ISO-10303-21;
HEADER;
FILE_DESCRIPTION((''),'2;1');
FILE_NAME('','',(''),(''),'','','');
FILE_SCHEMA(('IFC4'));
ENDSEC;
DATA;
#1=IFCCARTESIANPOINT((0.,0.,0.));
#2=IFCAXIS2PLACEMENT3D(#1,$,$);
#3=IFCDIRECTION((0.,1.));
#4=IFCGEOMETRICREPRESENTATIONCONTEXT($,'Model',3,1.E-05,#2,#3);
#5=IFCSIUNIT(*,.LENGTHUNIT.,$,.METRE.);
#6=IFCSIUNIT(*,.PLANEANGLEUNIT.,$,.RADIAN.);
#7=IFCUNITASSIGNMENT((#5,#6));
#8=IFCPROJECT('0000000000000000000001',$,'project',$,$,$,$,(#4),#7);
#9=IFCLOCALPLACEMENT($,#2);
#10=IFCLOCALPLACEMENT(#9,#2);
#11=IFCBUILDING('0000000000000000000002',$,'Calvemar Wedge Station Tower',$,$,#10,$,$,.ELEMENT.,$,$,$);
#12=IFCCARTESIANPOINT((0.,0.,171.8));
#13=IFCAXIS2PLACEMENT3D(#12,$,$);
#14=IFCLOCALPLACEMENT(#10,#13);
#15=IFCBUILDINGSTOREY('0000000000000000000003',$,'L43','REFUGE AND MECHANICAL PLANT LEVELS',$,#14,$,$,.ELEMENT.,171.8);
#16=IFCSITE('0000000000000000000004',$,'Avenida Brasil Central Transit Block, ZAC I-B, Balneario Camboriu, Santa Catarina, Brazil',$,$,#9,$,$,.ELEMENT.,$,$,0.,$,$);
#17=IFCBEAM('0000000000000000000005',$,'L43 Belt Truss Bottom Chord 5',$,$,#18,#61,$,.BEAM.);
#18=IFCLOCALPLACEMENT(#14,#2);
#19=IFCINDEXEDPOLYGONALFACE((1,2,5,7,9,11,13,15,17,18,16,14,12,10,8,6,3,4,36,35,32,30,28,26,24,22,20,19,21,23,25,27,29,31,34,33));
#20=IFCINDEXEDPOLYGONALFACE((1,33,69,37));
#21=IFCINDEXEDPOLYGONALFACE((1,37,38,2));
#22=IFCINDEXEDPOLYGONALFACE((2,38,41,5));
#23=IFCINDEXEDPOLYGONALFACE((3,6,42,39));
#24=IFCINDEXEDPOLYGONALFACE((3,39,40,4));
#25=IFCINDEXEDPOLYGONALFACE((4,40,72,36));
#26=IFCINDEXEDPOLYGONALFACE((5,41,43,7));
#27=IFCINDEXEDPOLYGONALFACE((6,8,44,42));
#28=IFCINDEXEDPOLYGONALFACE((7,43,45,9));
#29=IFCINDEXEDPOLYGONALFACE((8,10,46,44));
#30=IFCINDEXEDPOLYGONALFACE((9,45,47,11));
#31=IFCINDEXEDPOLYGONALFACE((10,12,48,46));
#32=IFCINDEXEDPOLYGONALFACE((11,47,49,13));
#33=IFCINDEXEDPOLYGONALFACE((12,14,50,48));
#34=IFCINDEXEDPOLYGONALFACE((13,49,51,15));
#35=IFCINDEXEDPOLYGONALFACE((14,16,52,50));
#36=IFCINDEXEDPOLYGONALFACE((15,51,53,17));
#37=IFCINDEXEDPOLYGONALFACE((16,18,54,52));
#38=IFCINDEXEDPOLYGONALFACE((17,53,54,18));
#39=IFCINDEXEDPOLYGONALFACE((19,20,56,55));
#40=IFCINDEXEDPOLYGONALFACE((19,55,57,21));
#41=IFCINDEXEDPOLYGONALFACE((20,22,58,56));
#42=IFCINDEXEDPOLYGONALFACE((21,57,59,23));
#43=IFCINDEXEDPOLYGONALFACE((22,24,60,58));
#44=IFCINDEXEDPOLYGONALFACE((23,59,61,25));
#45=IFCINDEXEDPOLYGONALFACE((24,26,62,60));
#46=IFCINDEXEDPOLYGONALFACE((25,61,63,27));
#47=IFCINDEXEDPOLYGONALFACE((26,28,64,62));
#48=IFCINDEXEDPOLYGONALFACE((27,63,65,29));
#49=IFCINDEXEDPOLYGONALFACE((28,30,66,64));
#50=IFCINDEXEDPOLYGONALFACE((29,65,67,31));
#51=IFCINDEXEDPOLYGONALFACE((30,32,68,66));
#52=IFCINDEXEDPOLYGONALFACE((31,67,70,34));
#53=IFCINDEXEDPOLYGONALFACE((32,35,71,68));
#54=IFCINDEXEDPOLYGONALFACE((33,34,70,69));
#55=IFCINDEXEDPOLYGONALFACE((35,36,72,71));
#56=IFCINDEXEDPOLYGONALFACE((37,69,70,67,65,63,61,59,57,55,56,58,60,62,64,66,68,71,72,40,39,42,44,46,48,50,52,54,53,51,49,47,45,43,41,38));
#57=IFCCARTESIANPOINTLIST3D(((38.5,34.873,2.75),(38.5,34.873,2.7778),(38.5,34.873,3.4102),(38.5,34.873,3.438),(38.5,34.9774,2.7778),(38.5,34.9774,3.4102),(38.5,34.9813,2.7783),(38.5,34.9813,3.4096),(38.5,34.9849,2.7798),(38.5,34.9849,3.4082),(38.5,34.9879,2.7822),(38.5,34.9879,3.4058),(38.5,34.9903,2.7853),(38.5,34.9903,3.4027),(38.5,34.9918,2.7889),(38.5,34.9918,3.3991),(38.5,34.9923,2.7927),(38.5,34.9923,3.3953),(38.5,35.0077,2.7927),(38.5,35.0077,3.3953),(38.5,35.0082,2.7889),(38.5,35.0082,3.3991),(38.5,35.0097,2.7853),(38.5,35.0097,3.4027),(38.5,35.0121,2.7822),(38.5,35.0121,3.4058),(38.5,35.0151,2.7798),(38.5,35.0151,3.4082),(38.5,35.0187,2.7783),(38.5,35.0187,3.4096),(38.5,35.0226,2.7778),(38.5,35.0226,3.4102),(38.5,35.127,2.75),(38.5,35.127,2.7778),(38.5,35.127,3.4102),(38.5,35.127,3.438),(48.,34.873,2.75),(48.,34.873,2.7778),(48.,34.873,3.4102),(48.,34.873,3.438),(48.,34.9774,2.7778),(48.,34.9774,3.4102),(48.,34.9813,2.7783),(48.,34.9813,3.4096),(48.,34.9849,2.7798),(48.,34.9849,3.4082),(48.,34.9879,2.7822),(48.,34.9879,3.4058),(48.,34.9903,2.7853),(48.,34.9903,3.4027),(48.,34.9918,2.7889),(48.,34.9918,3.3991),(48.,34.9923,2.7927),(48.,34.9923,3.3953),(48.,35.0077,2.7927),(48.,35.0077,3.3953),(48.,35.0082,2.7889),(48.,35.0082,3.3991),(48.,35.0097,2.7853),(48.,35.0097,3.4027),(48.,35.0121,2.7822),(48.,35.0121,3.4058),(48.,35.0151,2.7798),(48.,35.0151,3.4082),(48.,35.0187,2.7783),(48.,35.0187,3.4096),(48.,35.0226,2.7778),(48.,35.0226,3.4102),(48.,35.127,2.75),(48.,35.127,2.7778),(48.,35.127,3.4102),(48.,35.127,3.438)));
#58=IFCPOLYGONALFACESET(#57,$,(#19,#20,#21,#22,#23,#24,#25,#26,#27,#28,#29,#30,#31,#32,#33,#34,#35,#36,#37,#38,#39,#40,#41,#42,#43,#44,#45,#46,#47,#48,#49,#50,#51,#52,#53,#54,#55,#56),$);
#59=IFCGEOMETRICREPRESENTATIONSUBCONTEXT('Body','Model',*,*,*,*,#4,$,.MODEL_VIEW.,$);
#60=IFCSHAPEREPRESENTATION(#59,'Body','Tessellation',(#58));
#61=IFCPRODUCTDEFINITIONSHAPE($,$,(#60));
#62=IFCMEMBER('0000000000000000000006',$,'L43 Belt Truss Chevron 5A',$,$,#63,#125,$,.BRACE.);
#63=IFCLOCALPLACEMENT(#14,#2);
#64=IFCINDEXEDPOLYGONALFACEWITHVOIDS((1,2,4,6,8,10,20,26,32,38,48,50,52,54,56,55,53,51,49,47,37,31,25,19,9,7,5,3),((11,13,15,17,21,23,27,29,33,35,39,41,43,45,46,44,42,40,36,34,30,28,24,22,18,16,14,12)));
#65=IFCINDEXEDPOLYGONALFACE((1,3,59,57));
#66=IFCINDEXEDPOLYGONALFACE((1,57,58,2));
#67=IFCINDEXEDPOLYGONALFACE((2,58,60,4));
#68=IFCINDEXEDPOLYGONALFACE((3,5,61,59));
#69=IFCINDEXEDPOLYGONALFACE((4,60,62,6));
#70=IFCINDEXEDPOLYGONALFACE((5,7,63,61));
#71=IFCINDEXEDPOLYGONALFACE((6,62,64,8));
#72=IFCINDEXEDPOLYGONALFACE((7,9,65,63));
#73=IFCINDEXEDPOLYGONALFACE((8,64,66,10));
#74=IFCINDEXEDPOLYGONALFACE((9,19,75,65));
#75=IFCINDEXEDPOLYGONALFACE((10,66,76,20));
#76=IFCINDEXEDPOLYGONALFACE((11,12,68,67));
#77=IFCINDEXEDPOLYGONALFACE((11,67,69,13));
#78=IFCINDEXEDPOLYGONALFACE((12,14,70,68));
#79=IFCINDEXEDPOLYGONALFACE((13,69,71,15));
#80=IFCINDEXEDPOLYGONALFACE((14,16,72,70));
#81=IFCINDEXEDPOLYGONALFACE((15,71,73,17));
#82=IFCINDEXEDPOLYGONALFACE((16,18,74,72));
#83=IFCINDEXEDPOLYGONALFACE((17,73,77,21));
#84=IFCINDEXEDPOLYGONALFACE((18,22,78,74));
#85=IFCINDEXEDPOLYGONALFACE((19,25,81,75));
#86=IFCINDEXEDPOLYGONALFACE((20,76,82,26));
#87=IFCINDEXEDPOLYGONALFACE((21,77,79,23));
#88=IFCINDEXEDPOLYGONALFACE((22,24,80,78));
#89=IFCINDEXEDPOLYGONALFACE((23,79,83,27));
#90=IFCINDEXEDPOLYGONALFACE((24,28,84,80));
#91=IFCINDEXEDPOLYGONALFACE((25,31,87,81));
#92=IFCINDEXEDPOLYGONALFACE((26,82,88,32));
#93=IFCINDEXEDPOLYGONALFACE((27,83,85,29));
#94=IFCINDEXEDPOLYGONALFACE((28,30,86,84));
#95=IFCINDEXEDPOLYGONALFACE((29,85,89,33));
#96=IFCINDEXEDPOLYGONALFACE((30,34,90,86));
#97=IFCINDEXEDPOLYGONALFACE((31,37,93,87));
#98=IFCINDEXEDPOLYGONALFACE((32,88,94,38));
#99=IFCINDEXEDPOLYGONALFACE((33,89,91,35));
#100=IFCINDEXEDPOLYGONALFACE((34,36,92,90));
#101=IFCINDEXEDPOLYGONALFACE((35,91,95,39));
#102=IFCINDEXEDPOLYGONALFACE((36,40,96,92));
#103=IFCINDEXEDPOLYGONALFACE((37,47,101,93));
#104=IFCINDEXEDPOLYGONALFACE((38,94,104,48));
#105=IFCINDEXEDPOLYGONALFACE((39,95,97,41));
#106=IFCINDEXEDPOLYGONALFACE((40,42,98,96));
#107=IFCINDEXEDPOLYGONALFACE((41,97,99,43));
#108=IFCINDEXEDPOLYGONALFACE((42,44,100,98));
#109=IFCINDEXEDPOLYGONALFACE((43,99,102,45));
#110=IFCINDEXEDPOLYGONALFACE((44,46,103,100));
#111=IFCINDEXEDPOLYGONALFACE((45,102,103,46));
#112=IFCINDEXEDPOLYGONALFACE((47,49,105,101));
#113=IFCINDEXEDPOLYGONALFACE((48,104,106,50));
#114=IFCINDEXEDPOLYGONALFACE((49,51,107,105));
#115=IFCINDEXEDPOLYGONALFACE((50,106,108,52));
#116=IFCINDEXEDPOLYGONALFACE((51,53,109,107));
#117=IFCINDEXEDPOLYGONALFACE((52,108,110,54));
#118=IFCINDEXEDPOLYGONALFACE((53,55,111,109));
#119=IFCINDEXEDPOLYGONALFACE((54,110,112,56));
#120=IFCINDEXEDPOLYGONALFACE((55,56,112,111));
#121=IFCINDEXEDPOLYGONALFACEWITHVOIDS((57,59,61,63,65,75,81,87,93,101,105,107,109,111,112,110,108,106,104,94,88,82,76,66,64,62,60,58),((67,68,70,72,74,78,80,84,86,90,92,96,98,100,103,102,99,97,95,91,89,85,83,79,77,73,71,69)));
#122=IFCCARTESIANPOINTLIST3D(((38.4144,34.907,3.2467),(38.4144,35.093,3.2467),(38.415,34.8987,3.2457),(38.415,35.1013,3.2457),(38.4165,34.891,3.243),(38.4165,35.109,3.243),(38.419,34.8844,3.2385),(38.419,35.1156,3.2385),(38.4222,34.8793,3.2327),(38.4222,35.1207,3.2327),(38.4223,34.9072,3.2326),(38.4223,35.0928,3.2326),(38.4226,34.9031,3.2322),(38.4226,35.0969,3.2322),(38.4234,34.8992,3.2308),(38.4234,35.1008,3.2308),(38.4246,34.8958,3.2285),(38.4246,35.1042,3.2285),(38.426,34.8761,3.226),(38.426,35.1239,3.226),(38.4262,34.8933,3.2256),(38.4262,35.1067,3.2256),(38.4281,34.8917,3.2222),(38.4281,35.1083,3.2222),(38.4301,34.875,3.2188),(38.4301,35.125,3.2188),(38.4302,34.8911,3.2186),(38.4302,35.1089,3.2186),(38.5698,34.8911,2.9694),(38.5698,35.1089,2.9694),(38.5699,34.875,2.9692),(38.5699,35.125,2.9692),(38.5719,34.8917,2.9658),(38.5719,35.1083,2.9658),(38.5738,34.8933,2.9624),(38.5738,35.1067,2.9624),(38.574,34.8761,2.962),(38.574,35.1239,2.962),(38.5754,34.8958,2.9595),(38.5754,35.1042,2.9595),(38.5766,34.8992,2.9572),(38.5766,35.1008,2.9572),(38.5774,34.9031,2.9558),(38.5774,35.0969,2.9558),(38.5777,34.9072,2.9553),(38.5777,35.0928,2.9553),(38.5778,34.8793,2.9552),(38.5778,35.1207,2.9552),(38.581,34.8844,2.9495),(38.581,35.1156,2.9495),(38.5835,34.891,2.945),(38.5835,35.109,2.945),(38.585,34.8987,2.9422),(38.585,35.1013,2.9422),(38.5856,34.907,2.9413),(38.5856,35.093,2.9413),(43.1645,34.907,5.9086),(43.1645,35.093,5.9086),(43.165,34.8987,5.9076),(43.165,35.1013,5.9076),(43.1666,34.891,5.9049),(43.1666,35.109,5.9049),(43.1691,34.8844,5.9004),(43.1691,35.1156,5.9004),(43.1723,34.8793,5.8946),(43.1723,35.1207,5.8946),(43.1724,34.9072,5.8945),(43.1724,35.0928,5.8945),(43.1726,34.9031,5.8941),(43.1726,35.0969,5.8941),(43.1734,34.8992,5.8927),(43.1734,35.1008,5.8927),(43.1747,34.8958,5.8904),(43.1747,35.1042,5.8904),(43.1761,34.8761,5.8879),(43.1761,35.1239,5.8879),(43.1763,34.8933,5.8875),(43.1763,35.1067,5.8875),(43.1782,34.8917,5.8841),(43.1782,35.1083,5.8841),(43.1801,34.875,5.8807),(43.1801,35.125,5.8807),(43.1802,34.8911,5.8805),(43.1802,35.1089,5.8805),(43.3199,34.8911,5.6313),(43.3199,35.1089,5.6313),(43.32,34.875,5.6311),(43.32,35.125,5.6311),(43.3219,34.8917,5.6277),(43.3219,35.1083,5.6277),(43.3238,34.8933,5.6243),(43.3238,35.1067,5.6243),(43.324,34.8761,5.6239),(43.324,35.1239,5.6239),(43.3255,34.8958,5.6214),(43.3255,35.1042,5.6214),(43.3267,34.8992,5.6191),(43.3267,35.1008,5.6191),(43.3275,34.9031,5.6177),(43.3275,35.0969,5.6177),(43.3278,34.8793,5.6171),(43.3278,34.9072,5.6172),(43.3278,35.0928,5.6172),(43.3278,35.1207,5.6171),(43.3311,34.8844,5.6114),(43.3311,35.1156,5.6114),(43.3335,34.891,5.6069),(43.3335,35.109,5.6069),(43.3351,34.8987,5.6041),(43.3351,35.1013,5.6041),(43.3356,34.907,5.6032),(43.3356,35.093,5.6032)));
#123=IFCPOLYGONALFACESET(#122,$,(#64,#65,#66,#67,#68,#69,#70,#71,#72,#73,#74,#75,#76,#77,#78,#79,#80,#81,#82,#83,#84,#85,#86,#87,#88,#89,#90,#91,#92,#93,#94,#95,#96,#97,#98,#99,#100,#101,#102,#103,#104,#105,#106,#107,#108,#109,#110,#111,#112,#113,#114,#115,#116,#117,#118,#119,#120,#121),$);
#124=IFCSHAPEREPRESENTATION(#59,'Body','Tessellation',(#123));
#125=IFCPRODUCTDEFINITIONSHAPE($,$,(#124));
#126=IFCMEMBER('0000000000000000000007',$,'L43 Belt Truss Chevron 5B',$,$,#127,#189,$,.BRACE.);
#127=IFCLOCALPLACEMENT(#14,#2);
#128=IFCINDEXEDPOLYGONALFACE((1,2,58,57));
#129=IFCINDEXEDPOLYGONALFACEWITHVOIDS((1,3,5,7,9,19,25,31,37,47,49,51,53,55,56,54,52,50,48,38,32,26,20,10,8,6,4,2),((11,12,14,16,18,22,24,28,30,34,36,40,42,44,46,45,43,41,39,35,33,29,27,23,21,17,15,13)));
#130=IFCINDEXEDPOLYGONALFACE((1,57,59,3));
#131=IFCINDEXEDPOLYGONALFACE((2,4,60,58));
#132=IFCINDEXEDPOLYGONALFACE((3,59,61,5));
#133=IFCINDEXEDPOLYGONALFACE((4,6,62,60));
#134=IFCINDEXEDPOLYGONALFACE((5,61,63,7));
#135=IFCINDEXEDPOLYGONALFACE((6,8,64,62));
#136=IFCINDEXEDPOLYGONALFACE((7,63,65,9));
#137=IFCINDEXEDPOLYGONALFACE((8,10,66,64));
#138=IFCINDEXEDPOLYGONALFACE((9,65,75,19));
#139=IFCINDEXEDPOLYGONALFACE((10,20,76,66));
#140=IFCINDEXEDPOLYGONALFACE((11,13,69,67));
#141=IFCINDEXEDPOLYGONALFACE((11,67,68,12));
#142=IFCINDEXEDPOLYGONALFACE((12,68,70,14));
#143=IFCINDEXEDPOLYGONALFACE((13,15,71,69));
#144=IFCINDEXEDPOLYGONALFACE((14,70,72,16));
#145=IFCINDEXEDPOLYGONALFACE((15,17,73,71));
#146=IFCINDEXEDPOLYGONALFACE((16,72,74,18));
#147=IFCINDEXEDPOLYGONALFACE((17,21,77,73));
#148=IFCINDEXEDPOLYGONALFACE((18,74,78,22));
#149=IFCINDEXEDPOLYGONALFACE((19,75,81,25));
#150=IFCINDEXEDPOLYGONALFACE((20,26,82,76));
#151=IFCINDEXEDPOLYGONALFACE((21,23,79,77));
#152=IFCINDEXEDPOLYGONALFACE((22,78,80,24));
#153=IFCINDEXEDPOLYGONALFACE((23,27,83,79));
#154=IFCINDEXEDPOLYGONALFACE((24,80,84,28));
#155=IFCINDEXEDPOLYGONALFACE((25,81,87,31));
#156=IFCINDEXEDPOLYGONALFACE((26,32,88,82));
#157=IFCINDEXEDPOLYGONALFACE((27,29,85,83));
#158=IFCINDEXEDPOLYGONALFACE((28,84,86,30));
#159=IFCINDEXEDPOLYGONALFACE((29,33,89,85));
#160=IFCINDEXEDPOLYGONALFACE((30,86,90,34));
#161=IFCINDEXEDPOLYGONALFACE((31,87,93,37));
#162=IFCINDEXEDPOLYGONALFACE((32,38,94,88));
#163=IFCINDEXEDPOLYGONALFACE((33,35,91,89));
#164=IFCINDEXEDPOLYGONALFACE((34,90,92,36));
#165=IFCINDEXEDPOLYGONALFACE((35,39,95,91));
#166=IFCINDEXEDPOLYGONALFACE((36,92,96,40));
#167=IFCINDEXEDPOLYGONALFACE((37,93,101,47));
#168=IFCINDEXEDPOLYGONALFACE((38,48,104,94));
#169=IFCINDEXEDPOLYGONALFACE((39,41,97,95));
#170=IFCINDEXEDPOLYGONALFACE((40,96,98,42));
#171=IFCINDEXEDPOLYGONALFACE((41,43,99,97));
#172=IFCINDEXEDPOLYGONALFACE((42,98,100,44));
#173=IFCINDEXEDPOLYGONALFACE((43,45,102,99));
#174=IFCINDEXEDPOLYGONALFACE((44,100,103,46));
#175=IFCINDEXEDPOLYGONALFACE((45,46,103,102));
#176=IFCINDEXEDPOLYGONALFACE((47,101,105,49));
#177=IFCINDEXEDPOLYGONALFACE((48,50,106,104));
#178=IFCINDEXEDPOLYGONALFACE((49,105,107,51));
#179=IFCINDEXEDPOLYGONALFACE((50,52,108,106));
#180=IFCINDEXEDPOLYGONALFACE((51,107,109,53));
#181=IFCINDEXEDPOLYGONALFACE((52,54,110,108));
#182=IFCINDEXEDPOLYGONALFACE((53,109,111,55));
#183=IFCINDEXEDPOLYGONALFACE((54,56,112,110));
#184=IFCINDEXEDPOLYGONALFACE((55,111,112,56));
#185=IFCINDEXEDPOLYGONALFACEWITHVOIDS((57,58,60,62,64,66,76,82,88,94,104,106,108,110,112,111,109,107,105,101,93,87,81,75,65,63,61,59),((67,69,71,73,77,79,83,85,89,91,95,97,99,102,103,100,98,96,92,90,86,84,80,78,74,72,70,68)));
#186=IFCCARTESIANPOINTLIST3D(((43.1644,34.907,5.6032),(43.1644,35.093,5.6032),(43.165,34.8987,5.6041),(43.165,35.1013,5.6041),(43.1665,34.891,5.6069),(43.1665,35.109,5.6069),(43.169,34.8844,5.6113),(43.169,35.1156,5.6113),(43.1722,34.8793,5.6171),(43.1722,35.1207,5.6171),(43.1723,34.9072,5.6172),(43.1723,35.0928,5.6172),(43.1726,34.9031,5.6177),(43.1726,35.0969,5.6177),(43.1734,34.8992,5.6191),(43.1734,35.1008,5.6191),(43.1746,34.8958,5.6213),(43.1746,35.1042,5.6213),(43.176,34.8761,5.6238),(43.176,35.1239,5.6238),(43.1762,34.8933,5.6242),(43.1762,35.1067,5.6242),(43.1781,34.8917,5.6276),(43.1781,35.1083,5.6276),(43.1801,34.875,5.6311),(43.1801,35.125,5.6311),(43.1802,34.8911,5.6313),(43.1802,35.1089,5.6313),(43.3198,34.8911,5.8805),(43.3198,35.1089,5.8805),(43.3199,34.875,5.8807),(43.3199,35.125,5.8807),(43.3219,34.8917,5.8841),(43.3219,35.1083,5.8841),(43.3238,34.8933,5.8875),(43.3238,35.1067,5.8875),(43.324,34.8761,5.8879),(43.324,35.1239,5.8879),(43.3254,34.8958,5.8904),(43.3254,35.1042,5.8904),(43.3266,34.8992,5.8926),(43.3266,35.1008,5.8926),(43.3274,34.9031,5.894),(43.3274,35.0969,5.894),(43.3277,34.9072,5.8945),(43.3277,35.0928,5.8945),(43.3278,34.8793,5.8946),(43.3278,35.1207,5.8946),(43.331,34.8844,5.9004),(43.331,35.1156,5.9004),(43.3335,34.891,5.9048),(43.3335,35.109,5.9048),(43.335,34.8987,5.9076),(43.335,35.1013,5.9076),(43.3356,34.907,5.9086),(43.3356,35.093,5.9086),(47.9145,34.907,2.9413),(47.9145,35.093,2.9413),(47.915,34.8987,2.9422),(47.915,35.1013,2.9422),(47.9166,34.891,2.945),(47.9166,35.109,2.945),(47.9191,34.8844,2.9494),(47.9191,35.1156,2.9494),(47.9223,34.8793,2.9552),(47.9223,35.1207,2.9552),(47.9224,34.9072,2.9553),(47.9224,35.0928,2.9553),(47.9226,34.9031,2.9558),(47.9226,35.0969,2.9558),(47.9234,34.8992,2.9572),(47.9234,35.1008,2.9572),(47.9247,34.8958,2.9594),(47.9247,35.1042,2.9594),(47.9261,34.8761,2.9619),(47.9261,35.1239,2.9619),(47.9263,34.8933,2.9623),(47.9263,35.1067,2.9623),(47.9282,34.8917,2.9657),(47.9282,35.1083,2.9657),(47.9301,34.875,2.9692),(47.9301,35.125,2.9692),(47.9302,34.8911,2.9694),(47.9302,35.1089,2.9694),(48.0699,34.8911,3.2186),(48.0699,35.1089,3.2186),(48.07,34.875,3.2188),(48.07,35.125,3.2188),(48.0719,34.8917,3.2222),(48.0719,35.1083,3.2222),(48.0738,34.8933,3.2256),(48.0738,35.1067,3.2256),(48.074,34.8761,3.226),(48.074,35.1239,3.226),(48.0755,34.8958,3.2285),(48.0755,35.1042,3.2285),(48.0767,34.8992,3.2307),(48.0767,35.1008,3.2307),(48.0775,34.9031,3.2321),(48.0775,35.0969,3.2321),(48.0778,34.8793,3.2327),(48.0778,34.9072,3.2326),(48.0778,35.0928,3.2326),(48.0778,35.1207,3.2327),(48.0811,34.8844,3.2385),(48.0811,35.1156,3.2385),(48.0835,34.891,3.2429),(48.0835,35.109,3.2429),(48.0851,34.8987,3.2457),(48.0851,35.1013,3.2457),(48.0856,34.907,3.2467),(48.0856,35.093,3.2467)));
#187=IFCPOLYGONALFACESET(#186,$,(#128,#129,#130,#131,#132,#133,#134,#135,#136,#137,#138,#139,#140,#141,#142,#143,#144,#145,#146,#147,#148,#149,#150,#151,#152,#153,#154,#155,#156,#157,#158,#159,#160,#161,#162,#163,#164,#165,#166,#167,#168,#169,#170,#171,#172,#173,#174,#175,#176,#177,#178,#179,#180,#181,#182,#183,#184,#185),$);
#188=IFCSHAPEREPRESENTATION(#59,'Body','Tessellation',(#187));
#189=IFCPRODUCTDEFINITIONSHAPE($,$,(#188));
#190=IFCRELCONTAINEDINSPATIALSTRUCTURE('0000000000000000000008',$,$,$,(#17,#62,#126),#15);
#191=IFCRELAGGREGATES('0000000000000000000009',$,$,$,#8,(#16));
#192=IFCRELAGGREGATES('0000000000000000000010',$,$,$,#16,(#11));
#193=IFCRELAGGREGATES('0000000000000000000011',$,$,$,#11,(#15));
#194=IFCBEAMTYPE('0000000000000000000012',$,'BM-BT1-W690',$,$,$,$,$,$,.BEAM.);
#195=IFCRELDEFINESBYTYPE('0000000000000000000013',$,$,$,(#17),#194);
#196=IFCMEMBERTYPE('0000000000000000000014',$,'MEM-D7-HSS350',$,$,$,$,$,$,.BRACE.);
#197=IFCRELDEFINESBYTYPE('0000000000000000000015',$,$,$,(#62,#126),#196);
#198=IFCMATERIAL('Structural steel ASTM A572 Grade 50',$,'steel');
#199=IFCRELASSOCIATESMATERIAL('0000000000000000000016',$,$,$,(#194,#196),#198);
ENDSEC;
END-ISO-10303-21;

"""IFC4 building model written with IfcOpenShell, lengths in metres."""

from ifc_helpers import new_model, si_unit, direction, frame, origin, origin_2d, place, context, subcontext, project, spatial, hollow_rectangle, i_section, extrude, source, transform, mapped, material, material_profile, profile_set, type_object, element, save


model = new_model("IFC4")

# Units and contexts
model_context = context("Model", 3, precision=1e-05, world=origin(), true_north=direction((0.0, 1.0)))
body_context = subcontext(model_context, "Body", "Model", "MODEL_VIEW")
ifc_project = project(units=[si_unit("LENGTHUNIT", "METRE"), si_unit("PLANEANGLEUNIT", "RADIAN")], contexts=[model_context])

# Site, building, storey
site_placement = place(None, origin())
site = spatial("IfcSite", under=ifc_project, at=site_placement, Name="Avenida Brasil Central Transit Block, ZAC I-B, Balneario Camboriu, Santa Catarina, Brazil", CompositionType="ELEMENT", RefElevation=0.0)
building_placement = place(site_placement, origin())
building = spatial("IfcBuilding", under=site, at=building_placement, Name="Calvemar Wedge Station Tower", CompositionType="ELEMENT")
storey_placement = place(building_placement, frame((0.0, 0.0, 171.8)))
storey = spatial("IfcBuildingStorey", under=building, at=storey_placement, Name="L43", Description="REFUGE AND MECHANICAL PLANT LEVELS", CompositionType="ELEMENT", Elevation=171.8)

# Shared definitions
ifc_material_1 = material(Name="Structural steel ASTM A572 Grade 50", Category="steel")

# Beam
ifc_material_profile_1 = material_profile(ifc_material_1, i_section(OverallWidth=0.2539, OverallDepth=0.688, WebThickness=0.0154, FlangeThickness=0.0278, FilletRadius=0.0149, at=origin_2d()), Name="W690x192")
ifc_profile_set_1 = profile_set([ifc_material_profile_1], Name="Structural steel ASTM A572 Grade 50")
beam_type_1 = type_object("IfcBeamType", Name="BM-BT1-W690", PredefinedType="BEAM", material=ifc_profile_set_1)
shared_shape_1 = source(origin(), body_context, "Body", "SweptSolid", [
    extrude(i_section(OverallWidth=0.2539, OverallDepth=0.688, WebThickness=0.0154, FlangeThickness=0.0278, FilletRadius=0.0149, at=origin_2d()), origin(), (0.0, 0.0, 1.0), 9.5),
])
beam_1_placement = place(storey_placement, frame((38.5, 35.0, 3.094), z_axis=(1.0, 0.0, 0.0), x_axis=(0.0, 1.0, 0.0)))
element("IfcBeam", 1, at=beam_1_placement, inside=storey, type_object=beam_type_1, Name="L43 Belt Truss Bottom Chord 5", PredefinedType="BEAM", context=body_context, shape_type="MappedRepresentation", body=[
    mapped(shared_shape_1, transform((0.0, 0.0, 0.0), scale=1.0)),
])

# Members
ifc_material_profile_2 = material_profile(ifc_material_1, hollow_rectangle(XDim=0.25, YDim=0.3501, WallThickness=0.0161, InnerFilletRadius=0.0161, OuterFilletRadius=0.032, at=origin_2d()), Name="HSS350x250x16")
ifc_profile_set_2 = profile_set([ifc_material_profile_2], Name="Structural steel ASTM A572 Grade 50")
member_type_1 = type_object("IfcMemberType", Name="MEM-D7-HSS350", PredefinedType="BRACE", material=ifc_profile_set_2)
shared_shape_2 = source(origin(), body_context, "Body", "SweptSolid", [
    extrude(hollow_rectangle(XDim=0.25, YDim=0.3501, WallThickness=0.0161, InnerFilletRadius=0.0161, OuterFilletRadius=0.032, at=origin_2d()), origin(), (0.0, 0.0, 1.0), 5.4451),
])
for number, where, z_axis, x_axis, name in (
    (2, (38.5, 35.0, 3.094), (0.87236, 0.0, 0.488864), (0.0, 1.0, 0.0), "L43 Belt Truss Chevron 5A"),
    (3, (43.25, 35.0, 5.7559), (0.87236, 0.0, -0.488864), (0.0, 1.0, 0.0), "L43 Belt Truss Chevron 5B"),
):
    element("IfcMember", number, at=place(storey_placement, frame(where, z_axis=z_axis, x_axis=x_axis)), inside=storey, type_object=member_type_1, Name=name, PredefinedType="BRACE", context=body_context, shape_type="MappedRepresentation", body=[
        mapped(shared_shape_2, transform((0.0, 0.0, 0.0), scale=1.0)),
    ])

save(model, "model.ifc")
